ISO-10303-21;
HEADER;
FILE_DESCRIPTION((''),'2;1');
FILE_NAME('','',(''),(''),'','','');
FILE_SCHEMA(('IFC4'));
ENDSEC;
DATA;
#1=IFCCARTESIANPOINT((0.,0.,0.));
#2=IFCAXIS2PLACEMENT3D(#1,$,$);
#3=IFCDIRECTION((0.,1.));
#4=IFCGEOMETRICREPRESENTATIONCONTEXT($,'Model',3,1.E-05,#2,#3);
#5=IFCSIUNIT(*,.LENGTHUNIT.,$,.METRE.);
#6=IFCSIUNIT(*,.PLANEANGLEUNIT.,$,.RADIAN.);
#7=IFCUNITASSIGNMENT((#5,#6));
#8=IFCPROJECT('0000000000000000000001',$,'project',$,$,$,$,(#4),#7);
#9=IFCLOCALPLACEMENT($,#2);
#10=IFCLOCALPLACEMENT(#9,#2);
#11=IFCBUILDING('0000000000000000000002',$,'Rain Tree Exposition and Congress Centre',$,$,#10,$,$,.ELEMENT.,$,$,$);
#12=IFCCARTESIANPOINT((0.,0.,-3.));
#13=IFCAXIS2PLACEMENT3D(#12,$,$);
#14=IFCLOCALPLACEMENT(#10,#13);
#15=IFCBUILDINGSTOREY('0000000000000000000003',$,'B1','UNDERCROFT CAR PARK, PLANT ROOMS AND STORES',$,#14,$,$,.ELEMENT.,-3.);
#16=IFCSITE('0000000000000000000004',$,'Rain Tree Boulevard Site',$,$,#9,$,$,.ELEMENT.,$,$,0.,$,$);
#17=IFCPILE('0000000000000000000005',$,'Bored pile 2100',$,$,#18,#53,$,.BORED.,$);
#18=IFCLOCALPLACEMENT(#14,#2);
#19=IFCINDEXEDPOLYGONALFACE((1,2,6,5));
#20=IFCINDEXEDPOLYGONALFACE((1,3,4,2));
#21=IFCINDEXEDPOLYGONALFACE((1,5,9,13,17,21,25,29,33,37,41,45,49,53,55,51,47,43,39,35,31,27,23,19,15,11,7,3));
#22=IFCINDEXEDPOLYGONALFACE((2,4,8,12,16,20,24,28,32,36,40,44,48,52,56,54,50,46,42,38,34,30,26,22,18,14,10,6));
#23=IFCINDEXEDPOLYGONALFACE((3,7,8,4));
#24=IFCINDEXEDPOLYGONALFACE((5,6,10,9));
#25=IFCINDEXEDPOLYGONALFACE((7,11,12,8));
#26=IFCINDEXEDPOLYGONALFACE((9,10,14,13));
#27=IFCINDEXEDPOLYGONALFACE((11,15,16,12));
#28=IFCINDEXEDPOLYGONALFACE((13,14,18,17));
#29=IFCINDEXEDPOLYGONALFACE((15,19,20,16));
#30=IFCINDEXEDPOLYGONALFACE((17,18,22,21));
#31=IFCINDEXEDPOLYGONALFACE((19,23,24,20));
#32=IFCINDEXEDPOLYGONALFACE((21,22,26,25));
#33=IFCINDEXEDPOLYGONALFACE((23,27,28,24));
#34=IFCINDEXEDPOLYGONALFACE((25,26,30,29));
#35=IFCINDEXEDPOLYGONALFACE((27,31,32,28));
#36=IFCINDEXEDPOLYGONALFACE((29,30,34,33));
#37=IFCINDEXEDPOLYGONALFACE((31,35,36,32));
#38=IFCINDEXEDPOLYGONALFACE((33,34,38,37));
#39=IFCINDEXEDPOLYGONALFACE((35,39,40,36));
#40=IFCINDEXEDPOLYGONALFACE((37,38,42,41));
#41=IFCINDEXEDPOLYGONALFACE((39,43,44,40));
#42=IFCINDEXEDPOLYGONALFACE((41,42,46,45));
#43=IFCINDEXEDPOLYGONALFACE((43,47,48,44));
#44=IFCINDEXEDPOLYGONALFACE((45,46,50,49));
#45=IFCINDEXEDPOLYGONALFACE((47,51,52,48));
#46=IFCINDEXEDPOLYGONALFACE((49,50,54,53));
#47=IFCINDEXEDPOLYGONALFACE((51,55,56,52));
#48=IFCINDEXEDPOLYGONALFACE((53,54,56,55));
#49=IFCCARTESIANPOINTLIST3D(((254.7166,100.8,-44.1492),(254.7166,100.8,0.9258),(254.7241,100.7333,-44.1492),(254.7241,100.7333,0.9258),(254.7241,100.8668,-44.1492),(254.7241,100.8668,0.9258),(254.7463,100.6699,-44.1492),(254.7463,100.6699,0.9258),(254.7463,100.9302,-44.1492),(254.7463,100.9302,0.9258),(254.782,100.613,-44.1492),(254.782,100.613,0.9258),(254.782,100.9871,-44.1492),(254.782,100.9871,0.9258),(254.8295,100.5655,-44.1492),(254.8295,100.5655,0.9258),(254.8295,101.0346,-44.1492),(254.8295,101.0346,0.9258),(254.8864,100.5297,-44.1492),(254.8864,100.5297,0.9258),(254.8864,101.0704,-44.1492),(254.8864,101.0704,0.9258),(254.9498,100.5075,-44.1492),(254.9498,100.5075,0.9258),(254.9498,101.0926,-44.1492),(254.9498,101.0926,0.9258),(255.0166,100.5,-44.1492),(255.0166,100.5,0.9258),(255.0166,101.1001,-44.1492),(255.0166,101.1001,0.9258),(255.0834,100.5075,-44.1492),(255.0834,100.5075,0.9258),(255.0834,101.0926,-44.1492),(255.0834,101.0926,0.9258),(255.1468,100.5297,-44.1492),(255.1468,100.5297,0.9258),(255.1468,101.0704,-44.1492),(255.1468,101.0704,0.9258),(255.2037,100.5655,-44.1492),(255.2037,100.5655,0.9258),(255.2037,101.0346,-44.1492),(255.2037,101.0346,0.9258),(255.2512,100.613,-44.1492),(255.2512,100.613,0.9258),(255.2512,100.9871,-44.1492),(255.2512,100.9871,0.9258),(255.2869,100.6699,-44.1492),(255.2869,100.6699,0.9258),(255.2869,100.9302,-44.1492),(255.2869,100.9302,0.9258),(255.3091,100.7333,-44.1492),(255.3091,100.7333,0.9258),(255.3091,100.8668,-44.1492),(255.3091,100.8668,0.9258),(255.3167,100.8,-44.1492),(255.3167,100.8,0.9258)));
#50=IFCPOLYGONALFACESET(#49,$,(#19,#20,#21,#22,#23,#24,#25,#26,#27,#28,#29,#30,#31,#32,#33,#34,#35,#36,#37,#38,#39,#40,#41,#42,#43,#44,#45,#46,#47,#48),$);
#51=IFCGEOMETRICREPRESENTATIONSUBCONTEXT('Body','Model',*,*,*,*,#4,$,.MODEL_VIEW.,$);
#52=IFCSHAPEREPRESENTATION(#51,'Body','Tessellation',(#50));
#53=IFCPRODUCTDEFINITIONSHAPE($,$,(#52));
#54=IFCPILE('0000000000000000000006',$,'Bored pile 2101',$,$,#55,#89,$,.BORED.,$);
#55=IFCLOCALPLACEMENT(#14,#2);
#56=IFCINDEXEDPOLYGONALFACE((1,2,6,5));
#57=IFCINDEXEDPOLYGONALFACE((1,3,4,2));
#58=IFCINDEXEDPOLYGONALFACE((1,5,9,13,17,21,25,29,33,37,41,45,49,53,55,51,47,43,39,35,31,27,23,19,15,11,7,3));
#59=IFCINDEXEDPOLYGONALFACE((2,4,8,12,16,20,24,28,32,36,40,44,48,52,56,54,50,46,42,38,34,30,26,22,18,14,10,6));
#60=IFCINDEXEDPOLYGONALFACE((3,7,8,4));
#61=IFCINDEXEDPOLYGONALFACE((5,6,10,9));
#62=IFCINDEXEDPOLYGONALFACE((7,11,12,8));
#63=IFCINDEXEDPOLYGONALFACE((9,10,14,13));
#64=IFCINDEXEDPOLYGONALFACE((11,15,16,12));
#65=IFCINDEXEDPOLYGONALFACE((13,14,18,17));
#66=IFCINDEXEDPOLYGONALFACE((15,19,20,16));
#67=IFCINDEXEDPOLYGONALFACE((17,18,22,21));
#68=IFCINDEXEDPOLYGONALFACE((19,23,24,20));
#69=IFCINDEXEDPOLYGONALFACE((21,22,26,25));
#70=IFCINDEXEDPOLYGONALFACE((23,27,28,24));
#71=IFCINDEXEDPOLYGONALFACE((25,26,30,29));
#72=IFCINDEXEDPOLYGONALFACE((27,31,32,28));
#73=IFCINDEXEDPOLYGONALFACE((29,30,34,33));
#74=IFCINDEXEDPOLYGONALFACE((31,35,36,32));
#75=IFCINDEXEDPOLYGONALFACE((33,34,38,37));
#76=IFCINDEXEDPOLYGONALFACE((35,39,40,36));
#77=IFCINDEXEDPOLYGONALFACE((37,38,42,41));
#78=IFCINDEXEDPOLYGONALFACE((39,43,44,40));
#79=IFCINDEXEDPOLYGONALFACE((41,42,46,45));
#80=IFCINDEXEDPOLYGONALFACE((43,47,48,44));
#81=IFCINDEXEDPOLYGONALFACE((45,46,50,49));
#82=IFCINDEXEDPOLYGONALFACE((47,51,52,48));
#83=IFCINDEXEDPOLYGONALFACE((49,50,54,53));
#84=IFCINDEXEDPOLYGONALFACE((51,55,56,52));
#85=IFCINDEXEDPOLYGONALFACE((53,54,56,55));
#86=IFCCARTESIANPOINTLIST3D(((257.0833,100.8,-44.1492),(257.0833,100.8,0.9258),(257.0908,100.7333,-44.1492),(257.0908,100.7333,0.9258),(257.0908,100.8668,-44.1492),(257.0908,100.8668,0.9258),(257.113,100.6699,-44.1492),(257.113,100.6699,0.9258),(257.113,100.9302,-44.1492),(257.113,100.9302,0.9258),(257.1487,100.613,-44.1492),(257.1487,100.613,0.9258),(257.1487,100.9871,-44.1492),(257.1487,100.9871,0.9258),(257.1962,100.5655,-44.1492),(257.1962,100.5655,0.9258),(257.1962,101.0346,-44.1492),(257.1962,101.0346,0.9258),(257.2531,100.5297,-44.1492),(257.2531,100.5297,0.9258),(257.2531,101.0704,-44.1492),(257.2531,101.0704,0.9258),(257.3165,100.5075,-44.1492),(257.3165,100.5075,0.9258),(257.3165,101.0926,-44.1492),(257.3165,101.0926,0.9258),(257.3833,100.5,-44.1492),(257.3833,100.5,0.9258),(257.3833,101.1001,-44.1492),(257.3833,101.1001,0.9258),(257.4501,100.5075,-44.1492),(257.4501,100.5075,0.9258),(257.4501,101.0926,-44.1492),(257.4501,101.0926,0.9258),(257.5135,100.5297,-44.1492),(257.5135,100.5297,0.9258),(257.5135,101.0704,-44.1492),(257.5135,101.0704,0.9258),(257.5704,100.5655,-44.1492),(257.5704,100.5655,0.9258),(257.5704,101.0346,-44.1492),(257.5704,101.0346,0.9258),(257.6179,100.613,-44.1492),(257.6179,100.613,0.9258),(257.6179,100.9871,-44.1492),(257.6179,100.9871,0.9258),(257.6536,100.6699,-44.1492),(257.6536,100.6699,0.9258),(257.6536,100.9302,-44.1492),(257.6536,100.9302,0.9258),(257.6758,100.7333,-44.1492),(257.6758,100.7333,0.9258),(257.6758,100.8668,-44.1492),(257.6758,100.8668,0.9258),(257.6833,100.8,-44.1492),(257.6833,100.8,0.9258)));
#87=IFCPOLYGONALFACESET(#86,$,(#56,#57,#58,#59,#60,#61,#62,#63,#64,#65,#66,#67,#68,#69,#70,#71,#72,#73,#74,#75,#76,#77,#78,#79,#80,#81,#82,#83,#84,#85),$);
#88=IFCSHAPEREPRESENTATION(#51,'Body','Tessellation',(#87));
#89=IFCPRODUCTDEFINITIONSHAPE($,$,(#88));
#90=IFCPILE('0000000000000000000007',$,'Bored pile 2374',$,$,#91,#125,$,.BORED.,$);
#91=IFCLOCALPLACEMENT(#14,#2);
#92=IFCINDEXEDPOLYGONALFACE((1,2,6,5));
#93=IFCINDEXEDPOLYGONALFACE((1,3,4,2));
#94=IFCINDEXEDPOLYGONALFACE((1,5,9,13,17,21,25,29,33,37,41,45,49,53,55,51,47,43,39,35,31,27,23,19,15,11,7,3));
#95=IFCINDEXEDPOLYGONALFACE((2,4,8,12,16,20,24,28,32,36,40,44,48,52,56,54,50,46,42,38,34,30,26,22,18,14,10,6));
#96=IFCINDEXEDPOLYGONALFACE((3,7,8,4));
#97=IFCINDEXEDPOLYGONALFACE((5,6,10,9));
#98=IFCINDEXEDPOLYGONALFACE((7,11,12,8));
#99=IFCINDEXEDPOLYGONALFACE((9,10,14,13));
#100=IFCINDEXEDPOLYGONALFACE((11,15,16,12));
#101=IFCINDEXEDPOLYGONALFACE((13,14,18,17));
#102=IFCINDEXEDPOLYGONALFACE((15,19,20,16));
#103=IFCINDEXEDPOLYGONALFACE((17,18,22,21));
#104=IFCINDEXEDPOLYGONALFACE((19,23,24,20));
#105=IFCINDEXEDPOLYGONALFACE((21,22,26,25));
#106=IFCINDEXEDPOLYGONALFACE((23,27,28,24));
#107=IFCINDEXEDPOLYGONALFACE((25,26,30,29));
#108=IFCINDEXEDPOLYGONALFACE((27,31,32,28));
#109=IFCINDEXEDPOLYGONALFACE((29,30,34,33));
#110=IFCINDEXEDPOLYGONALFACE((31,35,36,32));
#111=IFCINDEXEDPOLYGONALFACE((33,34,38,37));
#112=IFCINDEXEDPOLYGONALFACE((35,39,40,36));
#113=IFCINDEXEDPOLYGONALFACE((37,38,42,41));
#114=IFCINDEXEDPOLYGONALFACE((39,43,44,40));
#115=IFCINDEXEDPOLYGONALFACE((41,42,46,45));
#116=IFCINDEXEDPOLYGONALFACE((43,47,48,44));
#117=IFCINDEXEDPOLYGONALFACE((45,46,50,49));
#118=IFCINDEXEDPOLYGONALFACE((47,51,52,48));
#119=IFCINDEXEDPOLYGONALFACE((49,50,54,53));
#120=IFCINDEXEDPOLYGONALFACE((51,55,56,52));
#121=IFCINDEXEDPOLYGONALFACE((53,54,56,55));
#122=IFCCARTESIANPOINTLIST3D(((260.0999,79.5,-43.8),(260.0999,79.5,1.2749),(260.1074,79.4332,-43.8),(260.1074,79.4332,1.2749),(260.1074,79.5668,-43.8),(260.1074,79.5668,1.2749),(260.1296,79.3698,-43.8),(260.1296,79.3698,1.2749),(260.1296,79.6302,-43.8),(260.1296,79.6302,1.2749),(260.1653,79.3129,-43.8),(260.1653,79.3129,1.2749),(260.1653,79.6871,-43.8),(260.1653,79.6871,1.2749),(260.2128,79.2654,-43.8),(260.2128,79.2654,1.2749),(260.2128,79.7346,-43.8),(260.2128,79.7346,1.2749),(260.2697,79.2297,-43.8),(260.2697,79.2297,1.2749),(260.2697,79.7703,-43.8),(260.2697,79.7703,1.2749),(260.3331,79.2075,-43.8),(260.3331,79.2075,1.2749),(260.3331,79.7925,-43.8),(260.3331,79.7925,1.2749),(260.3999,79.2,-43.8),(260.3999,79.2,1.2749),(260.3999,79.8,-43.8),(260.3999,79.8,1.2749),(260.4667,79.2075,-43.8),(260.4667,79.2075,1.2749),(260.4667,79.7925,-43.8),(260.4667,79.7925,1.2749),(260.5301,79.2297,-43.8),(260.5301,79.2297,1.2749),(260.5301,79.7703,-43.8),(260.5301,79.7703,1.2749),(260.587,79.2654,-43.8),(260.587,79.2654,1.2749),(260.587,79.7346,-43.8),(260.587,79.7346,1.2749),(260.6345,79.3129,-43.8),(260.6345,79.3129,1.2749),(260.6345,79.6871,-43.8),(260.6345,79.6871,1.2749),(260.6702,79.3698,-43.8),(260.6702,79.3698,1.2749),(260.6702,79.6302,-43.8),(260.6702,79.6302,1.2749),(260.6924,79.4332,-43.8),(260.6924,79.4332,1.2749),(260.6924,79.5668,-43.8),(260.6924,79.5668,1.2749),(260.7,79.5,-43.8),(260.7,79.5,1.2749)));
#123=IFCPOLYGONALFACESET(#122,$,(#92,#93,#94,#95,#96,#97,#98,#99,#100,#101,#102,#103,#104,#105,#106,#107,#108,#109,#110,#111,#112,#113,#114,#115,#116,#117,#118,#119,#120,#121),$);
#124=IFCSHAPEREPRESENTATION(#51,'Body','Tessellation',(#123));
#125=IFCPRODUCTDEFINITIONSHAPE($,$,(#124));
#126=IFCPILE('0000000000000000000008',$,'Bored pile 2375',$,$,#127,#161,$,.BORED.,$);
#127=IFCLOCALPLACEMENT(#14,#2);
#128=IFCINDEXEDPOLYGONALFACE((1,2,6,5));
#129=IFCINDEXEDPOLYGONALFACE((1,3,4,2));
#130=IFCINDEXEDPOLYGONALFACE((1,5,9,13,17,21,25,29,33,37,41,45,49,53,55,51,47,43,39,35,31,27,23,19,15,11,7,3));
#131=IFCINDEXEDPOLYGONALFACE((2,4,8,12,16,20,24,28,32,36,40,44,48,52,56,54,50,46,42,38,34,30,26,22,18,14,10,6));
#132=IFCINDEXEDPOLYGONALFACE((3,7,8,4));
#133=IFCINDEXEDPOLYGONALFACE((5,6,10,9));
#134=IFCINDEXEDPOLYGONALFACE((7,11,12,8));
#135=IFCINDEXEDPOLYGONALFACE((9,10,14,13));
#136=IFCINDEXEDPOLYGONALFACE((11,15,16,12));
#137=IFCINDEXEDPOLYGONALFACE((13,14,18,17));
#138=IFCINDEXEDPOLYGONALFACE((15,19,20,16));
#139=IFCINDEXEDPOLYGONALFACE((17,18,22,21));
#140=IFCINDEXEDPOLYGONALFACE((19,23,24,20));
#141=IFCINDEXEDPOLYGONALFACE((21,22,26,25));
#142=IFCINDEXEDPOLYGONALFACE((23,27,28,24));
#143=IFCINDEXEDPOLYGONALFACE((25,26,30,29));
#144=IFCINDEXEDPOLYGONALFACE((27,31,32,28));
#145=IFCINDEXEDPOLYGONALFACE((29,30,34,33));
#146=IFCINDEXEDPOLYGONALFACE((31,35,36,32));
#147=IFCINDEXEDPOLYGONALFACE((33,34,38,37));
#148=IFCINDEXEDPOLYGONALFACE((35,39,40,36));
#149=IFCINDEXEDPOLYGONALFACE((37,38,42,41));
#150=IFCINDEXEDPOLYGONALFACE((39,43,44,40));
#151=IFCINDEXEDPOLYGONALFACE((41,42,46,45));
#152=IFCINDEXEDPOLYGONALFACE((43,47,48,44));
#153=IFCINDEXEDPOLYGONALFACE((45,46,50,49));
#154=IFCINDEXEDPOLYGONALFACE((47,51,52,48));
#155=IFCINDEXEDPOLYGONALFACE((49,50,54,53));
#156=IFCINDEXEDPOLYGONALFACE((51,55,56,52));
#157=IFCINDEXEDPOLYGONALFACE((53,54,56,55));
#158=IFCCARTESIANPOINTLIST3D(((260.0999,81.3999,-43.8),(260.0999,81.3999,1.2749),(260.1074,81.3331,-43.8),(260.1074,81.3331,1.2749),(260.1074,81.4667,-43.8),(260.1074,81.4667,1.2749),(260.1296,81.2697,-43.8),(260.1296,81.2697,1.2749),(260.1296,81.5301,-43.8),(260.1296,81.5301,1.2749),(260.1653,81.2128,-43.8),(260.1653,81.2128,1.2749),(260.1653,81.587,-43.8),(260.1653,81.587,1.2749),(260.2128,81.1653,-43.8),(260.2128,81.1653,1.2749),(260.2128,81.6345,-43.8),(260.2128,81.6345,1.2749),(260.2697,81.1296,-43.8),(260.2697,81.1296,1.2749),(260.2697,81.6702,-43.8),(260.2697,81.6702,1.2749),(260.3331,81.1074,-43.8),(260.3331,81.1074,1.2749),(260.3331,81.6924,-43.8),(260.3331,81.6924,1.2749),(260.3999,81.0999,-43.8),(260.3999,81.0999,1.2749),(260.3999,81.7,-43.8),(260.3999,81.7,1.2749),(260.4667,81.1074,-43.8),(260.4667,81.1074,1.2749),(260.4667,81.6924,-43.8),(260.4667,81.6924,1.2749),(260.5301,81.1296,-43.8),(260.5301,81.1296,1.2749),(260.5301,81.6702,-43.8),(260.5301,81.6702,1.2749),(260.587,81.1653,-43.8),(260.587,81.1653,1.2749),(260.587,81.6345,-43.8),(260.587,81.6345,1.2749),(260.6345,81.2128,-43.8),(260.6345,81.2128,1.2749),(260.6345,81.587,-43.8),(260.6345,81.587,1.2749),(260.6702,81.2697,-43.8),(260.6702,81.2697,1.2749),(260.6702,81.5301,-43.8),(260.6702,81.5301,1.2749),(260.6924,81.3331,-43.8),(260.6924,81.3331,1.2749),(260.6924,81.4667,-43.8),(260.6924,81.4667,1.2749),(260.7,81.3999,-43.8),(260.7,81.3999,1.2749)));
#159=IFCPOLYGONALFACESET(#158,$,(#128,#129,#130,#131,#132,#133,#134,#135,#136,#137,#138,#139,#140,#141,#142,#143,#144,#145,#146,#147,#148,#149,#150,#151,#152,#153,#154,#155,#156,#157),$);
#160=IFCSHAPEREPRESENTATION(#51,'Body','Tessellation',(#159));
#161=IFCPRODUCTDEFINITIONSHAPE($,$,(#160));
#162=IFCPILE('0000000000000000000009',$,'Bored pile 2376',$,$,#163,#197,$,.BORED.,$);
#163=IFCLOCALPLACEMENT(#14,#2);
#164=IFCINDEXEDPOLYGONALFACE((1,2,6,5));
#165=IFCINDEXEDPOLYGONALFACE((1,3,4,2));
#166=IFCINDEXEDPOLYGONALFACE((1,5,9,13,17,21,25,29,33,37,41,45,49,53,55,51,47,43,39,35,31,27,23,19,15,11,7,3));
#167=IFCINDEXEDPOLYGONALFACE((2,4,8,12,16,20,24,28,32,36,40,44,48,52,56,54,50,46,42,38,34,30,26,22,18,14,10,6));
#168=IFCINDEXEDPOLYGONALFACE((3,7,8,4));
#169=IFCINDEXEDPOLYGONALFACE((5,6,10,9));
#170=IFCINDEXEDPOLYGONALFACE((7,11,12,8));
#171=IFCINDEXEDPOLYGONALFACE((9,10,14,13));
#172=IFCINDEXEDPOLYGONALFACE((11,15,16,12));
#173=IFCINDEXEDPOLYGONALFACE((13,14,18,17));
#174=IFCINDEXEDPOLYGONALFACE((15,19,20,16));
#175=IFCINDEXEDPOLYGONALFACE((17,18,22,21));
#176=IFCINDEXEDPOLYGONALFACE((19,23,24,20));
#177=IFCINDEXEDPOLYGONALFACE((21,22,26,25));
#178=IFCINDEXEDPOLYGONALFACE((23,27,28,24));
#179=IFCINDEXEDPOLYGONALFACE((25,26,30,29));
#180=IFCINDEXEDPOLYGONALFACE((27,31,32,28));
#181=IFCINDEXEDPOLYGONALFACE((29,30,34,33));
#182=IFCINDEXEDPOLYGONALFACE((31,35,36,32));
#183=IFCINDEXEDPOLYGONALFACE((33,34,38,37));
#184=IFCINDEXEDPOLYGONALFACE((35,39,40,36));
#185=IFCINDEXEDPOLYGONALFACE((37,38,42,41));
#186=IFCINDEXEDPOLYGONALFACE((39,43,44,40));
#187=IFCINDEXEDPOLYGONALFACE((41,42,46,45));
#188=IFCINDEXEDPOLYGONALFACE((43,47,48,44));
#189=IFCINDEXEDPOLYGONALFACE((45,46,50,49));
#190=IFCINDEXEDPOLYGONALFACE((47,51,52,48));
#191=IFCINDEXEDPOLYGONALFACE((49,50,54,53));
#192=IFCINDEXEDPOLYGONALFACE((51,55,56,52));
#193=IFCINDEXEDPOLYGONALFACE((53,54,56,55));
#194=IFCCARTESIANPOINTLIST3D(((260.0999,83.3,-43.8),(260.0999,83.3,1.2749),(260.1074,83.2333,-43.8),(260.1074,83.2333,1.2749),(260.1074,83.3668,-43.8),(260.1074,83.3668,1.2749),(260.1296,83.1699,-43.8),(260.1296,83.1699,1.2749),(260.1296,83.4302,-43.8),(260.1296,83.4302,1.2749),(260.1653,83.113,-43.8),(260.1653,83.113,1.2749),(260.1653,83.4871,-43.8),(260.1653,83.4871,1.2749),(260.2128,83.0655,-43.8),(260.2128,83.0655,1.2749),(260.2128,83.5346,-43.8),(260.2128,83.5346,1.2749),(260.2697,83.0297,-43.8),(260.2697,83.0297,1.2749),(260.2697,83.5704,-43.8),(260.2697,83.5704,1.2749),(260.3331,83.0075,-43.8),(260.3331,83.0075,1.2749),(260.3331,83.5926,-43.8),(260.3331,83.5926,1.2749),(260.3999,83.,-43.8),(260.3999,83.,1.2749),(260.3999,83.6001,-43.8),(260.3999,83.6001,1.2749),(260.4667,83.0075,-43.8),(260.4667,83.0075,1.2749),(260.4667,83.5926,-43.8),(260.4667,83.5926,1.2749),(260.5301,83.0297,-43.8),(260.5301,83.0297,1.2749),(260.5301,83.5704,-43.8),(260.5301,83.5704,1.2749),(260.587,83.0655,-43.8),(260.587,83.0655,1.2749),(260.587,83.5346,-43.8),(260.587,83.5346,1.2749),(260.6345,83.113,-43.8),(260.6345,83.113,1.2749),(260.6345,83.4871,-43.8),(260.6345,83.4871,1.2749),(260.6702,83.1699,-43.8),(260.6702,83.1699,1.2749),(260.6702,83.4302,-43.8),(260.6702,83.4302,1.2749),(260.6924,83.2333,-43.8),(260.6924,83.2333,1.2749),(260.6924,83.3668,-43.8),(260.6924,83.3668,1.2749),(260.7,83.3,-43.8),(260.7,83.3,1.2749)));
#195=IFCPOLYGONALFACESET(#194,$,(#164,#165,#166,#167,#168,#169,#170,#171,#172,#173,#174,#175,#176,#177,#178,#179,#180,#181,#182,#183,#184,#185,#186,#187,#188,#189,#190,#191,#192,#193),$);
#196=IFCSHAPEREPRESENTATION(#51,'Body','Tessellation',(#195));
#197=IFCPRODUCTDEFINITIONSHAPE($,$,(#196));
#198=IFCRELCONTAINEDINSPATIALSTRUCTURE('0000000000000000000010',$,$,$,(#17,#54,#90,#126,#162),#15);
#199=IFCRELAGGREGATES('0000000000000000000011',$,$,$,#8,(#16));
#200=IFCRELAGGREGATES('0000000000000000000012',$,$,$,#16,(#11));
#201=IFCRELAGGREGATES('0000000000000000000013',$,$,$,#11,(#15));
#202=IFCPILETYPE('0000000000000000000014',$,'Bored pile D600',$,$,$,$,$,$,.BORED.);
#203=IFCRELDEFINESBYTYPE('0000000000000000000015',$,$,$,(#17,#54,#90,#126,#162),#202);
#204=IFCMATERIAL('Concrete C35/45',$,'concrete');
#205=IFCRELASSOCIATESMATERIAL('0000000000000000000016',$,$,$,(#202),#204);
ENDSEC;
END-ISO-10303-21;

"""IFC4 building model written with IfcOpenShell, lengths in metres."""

from ifc_helpers import new_model, si_unit, direction, frame, origin, origin_2d, place, context, subcontext, project, spatial, circle, extrude, material, material_profile, profile_set, type_object, element, save


model = new_model("IFC4")

# Units and contexts
model_context = context("Model", 3, precision=1e-05, world=origin(), true_north=direction((0.0, 1.0)))
body_context = subcontext(model_context, "Body", "Model", "MODEL_VIEW")
ifc_project = project(units=[si_unit("LENGTHUNIT", "METRE"), si_unit("PLANEANGLEUNIT", "RADIAN")], contexts=[model_context])

# Site, building, storey
site_placement = place(None, origin())
site = spatial("IfcSite", under=ifc_project, at=site_placement, Name="Rain Tree Boulevard Site", CompositionType="ELEMENT", RefElevation=0.0)
building_placement = place(site_placement, origin())
building = spatial("IfcBuilding", under=site, at=building_placement, Name="Rain Tree Exposition and Congress Centre", CompositionType="ELEMENT")
storey_placement = place(building_placement, frame((0.0, 0.0, -3.0)))
storey = spatial("IfcBuildingStorey", under=building, at=storey_placement, Name="B1", Description="UNDERCROFT CAR PARK, PLANT ROOMS AND STORES", CompositionType="ELEMENT", Elevation=-3.0)

# Piles
ifc_material_1 = material(Name="Concrete C35/45", Category="concrete")
ifc_material_profile_1 = material_profile(ifc_material_1, circle(Radius=0.3, at=origin_2d()), Name="D600")
ifc_profile_set_1 = profile_set([ifc_material_profile_1], Name="Concrete C35/45")
pile_type_1 = type_object("IfcPileType", Name="Bored pile D600", PredefinedType="BORED", material=ifc_profile_set_1)
for number, where, z_axis, x_axis, name in (
    (1, (255.0166, 100.8, 0.9258), (0.0, 0.0, -1.0), (1.0, 0.0, 0.0), "Bored pile 2100"),
    (2, (257.3833, 100.8, 0.9258), (0.0, 0.0, -1.0), (1.0, 0.0, 0.0), "Bored pile 2101"),
    (3, (260.3999, 79.5, 1.2749), (0.0, 0.0, -1.0), (1.0, 0.0, 0.0), "Bored pile 2374"),
    (4, (260.3999, 81.3999, 1.2749), (0.0, 0.0, -1.0), (1.0, 0.0, 0.0), "Bored pile 2375"),
    (5, (260.3999, 83.3, 1.2749), (0.0, 0.0, -1.0), (1.0, 0.0, 0.0), "Bored pile 2376"),
):
    element("IfcPile", number, at=place(storey_placement, frame(where, z_axis=z_axis, x_axis=x_axis)), inside=storey, type_object=pile_type_1, Name=name, PredefinedType="BORED", context=body_context, shape_type="SweptSolid", body=[
        extrude(circle(Radius=0.3, at=origin_2d()), origin(), (0.0, 0.0, 1.0), 45.075),
    ])

save(model, "model.ifc")
